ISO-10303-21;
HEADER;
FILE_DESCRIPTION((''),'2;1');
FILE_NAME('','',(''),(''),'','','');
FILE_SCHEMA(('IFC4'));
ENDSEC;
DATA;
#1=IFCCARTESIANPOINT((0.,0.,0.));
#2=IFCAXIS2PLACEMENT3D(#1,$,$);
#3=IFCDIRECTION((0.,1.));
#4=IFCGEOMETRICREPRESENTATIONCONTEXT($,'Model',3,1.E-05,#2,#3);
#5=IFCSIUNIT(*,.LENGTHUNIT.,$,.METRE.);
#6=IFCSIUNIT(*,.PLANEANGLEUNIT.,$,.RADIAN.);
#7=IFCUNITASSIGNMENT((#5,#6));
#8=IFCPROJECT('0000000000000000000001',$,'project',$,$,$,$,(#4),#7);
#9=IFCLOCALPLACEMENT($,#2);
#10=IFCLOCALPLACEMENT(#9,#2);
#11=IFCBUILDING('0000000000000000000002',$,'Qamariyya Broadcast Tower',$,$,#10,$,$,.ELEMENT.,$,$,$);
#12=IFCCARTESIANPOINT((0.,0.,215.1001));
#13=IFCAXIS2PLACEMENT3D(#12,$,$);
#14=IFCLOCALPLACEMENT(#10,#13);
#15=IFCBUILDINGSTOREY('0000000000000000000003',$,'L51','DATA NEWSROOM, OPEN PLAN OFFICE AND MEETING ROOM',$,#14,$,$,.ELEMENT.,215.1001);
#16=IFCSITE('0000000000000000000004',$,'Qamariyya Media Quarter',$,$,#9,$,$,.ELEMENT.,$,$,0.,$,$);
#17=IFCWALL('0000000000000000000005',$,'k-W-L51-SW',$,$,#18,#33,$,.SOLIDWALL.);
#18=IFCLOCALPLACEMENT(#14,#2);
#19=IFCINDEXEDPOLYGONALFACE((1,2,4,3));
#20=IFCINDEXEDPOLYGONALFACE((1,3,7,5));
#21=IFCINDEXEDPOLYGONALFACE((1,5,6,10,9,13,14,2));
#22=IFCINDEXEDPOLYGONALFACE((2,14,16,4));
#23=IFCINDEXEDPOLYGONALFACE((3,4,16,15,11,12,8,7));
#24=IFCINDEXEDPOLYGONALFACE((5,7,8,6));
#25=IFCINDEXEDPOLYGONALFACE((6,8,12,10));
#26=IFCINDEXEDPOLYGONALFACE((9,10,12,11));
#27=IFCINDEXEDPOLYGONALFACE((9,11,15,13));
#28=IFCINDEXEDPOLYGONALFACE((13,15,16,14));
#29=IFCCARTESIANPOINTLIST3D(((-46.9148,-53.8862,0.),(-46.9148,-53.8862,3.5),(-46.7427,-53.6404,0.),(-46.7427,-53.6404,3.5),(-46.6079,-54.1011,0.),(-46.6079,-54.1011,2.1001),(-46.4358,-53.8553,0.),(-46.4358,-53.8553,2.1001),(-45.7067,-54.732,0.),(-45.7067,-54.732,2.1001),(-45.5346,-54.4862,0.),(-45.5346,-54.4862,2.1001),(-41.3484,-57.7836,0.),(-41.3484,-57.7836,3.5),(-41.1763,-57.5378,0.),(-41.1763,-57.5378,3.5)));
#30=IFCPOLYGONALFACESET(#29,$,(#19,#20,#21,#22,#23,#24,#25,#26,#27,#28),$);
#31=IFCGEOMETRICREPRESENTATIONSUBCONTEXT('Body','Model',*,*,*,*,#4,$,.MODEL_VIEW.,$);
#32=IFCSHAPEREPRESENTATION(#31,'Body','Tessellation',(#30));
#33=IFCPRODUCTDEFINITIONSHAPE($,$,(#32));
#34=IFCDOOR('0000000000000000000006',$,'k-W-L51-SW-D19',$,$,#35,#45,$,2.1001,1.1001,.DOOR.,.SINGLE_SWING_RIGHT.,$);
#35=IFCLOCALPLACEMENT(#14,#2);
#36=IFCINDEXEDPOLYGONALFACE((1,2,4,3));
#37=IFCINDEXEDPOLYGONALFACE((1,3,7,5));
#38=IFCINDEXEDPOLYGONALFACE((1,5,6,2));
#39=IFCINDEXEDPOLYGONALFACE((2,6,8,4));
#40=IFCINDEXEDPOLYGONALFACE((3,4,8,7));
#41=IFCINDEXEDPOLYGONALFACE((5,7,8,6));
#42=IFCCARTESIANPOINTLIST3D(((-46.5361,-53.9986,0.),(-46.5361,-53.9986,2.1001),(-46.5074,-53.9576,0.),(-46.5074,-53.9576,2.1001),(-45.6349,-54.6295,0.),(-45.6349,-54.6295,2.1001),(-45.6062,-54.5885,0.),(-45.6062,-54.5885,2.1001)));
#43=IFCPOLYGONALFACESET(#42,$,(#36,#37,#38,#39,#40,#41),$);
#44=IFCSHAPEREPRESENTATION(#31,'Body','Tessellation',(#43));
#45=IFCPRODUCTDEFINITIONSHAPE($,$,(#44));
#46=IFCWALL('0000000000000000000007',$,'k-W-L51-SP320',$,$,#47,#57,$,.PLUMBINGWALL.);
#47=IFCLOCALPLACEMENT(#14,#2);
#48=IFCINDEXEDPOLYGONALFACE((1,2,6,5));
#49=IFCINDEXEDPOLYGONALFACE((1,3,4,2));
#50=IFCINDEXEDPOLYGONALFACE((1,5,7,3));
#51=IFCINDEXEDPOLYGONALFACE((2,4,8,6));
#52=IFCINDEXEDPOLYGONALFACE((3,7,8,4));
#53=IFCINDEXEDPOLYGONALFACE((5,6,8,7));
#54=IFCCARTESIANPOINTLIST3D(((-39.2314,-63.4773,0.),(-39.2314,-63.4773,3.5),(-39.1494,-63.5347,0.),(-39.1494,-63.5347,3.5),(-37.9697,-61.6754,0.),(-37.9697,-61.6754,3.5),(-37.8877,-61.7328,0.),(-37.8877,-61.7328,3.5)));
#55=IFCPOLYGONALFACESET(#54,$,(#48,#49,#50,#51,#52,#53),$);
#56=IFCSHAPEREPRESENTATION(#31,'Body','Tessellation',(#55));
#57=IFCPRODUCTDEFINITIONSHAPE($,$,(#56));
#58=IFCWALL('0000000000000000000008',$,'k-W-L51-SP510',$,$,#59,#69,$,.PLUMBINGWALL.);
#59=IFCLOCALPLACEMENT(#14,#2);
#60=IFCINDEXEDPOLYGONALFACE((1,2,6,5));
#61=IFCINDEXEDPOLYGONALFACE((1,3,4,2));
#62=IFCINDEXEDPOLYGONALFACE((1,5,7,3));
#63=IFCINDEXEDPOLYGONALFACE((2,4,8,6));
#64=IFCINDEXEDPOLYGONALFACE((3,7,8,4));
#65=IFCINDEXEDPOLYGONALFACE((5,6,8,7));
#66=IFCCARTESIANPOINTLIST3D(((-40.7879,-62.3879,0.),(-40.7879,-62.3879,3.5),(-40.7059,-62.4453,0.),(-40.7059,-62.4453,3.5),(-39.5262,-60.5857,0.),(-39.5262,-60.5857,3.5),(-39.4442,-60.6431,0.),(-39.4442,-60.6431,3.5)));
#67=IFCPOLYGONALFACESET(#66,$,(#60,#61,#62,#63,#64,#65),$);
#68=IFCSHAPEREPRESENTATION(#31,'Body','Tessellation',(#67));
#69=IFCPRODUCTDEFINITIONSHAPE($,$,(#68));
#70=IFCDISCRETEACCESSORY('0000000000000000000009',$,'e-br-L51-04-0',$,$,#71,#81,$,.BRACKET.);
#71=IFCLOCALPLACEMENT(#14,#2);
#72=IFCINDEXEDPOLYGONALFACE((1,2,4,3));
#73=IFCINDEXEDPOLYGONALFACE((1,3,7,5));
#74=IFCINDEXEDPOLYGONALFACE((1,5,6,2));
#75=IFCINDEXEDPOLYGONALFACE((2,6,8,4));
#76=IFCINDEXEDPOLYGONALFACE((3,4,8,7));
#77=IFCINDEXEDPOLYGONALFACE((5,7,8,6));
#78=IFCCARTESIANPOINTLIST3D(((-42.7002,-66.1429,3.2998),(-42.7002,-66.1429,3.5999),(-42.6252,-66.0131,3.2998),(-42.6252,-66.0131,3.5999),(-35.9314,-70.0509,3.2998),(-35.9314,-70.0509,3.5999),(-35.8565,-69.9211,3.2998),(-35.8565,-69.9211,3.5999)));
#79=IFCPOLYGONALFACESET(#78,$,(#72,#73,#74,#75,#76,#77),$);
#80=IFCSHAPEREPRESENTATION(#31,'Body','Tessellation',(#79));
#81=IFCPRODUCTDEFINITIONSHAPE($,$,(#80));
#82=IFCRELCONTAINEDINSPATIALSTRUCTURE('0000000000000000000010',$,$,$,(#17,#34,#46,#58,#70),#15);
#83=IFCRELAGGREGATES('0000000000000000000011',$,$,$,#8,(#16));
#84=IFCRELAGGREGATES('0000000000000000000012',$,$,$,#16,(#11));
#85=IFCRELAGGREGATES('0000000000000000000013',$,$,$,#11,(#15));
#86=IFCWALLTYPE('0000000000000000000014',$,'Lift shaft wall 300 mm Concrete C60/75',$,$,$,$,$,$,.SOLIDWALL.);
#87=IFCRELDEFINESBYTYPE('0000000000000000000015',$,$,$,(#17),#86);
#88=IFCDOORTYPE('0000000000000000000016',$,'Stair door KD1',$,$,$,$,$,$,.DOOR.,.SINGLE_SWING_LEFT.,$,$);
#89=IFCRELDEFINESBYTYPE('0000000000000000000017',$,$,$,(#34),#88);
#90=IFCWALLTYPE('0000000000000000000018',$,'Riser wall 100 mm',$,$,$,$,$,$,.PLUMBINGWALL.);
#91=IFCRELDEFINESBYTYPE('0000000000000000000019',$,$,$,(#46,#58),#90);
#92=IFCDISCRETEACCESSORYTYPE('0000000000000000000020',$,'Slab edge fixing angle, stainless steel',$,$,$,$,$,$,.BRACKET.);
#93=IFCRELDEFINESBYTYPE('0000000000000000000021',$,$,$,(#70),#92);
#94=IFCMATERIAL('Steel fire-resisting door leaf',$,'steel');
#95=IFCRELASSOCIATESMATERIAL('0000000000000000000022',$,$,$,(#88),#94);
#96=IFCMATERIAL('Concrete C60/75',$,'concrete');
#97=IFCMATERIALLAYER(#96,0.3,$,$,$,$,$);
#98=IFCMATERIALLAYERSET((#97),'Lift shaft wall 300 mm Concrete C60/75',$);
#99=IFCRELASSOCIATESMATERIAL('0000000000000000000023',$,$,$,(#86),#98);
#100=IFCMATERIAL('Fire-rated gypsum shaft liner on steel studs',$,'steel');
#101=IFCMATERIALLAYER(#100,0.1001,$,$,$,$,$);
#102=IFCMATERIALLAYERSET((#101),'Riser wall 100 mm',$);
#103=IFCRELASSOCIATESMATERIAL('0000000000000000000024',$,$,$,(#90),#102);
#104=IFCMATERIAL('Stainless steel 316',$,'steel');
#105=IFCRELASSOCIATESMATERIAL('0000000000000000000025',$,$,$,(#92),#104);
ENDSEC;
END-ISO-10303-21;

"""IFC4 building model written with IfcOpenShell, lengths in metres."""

from ifc_helpers import new_model, si_unit, direction, frame, frame_2d, origin, origin_2d, place, context, subcontext, project, spatial, rectangle, extrude, material, layer, layer_set, type_object, element, fill, save


model = new_model("IFC4")

# Units and contexts
model_context = context("Model", 3, precision=1e-05, world=origin(), true_north=direction((0.0, 1.0)))
body_context = subcontext(model_context, "Body", "Model", "MODEL_VIEW")
ifc_project = project(units=[si_unit("LENGTHUNIT", "METRE"), si_unit("PLANEANGLEUNIT", "RADIAN")], contexts=[model_context])

# Site, building, storey
site_placement = place(None, origin())
site = spatial("IfcSite", under=ifc_project, at=site_placement, Name="Qamariyya Media Quarter", CompositionType="ELEMENT", RefElevation=0.0)
building_placement = place(site_placement, origin())
building = spatial("IfcBuilding", under=site, at=building_placement, Name="Qamariyya Broadcast Tower", CompositionType="ELEMENT")
storey_placement = place(building_placement, frame((0.0, 0.0, 215.1001)))
storey = spatial("IfcBuildingStorey", under=building, at=storey_placement, Name="L51", Description="DATA NEWSROOM, OPEN PLAN OFFICE AND MEETING ROOM", CompositionType="ELEMENT", Elevation=215.1001)

# Shared definitions
ifc_material_1 = material(Name="Concrete C60/75", Category="concrete")

# Shared definitions
ifc_material_2 = material(Name="Steel fire-resisting door leaf", Category="steel")

# Shared definitions
door_type_1 = type_object("IfcDoorType", Name="Stair door KD1", OperationType="SINGLE_SWING_LEFT", PredefinedType="DOOR", material=ifc_material_2)
ifc_layer_1 = layer(ifc_material_1, 0.3)
ifc_layer_set_1 = layer_set([ifc_layer_1], Name="Lift shaft wall 300 mm Concrete C60/75")
wall_type_1 = type_object("IfcWallType", Name="Lift shaft wall 300 mm Concrete C60/75", PredefinedType="SOLIDWALL", material=ifc_layer_set_1)

# Wall, opening, door
wall_1_placement = place(storey_placement, frame((-41.2625, -57.6606, 0.0), z_axis=(0.0, 0.0, 1.0), x_axis=(-0.819164, 0.573559, 0.0)))
wall_1 = element("IfcWall", 1, at=wall_1_placement, inside=storey, type_object=wall_type_1, Name="k-W-L51-SW", PredefinedType="SOLIDWALL", context=body_context, shape_type="SweptSolid", body=[
    extrude(rectangle(XDim=6.7952, YDim=0.3, at=frame_2d((3.3975, 0.0))), origin(), (0.0, 0.0, 1.0), 3.5),
])
opening_1_placement = place(wall_1_placement, frame((5.3203, 0.0, 0.0)))
opening_1 = element("IfcOpeningElement", 2, at=opening_1_placement, cuts=wall_1, PredefinedType="OPENING", context=body_context, shape_type="SweptSolid", body=[
    extrude(rectangle(XDim=1.1001, YDim=2.1001, at=frame_2d((0.55, 1.05))), frame((0.0, 0.1599, 0.0), z_axis=(0.0, -1.0, 0.0), x_axis=(1.0, 0.0, 0.0)), (0.0, 0.0, 1.0), 0.3201),
])
door_1_placement = place(opening_1_placement, origin())
door_1 = element("IfcDoor", 3, at=door_1_placement, inside=storey, type_object=door_type_1, Name="k-W-L51-SW-D19", OperationType="SINGLE_SWING_RIGHT", OverallHeight=2.1001, OverallWidth=1.1001, PredefinedType="DOOR", context=body_context, shape_type="SweptSolid", body=[
    extrude(rectangle(XDim=1.1001, YDim=2.1001, at=frame_2d((0.55, 1.05))), frame((0.0, 0.0249, 0.0), z_axis=(0.0, -1.0, 0.0), x_axis=(1.0, 0.0, 0.0)), (0.0, 0.0, 1.0), 0.05),
])
fill(opening_1, door_1)

# Walls
ifc_material_3 = material(Name="Fire-rated gypsum shaft liner on steel studs", Category="steel")
ifc_layer_2 = layer(ifc_material_3, 0.1001)
ifc_layer_set_2 = layer_set([ifc_layer_2], Name="Riser wall 100 mm")
wall_type_2 = type_object("IfcWallType", Name="Riser wall 100 mm", PredefinedType="PLUMBINGWALL", material=ifc_layer_set_2)
wall_2_placement = place(storey_placement, frame((-37.9287, -61.7041, 0.0), z_axis=(0.0, 0.0, 1.0), x_axis=(-0.573559, -0.819164, 0.0)))
element("IfcWall", 4, at=wall_2_placement, inside=storey, type_object=wall_type_2, Name="k-W-L51-SP320", PredefinedType="PLUMBINGWALL", context=body_context, shape_type="SweptSolid", body=[
    extrude(rectangle(XDim=2.1997, YDim=0.1001, at=frame_2d((1.0999, 0.0))), origin(), (0.0, 0.0, 1.0), 3.5),
])
wall_3_placement = place(storey_placement, frame((-39.4851, -60.6143, 0.0), z_axis=(0.0, 0.0, 1.0), x_axis=(-0.573507, -0.819201, 0.0)))
element("IfcWall", 5, at=wall_3_placement, inside=storey, type_object=wall_type_2, Name="k-W-L51-SP510", PredefinedType="PLUMBINGWALL", context=body_context, shape_type="SweptSolid", body=[
    extrude(rectangle(XDim=2.2, YDim=0.1001, at=frame_2d((1.1001, 0.0))), origin(), (0.0, 0.0, 1.0), 3.5),
])

# Discrete accessory
ifc_material_4 = material(Name="Stainless steel 316", Category="steel")
discrete_accessory_type = type_object("IfcDiscreteAccessoryType", Name="Slab edge fixing angle, stainless steel", PredefinedType="BRACKET", material=ifc_material_4)
discrete_accessory_placement = place(storey_placement, frame((-39.2783, -68.032, 3.2998), z_axis=(0.0, 0.0, 1.0), x_axis=(0.866025, -0.5, 0.0)))
element("IfcDiscreteAccessory", 6, at=discrete_accessory_placement, inside=storey, type_object=discrete_accessory_type, Name="e-br-L51-04-0", PredefinedType="BRACKET", context=body_context, shape_type="SweptSolid", body=[
    extrude(rectangle(XDim=7.8159, YDim=0.1499, at=origin_2d()), origin(), (0.0, 0.0, 1.0), 0.3),
])

save(model, "model.ifc")
